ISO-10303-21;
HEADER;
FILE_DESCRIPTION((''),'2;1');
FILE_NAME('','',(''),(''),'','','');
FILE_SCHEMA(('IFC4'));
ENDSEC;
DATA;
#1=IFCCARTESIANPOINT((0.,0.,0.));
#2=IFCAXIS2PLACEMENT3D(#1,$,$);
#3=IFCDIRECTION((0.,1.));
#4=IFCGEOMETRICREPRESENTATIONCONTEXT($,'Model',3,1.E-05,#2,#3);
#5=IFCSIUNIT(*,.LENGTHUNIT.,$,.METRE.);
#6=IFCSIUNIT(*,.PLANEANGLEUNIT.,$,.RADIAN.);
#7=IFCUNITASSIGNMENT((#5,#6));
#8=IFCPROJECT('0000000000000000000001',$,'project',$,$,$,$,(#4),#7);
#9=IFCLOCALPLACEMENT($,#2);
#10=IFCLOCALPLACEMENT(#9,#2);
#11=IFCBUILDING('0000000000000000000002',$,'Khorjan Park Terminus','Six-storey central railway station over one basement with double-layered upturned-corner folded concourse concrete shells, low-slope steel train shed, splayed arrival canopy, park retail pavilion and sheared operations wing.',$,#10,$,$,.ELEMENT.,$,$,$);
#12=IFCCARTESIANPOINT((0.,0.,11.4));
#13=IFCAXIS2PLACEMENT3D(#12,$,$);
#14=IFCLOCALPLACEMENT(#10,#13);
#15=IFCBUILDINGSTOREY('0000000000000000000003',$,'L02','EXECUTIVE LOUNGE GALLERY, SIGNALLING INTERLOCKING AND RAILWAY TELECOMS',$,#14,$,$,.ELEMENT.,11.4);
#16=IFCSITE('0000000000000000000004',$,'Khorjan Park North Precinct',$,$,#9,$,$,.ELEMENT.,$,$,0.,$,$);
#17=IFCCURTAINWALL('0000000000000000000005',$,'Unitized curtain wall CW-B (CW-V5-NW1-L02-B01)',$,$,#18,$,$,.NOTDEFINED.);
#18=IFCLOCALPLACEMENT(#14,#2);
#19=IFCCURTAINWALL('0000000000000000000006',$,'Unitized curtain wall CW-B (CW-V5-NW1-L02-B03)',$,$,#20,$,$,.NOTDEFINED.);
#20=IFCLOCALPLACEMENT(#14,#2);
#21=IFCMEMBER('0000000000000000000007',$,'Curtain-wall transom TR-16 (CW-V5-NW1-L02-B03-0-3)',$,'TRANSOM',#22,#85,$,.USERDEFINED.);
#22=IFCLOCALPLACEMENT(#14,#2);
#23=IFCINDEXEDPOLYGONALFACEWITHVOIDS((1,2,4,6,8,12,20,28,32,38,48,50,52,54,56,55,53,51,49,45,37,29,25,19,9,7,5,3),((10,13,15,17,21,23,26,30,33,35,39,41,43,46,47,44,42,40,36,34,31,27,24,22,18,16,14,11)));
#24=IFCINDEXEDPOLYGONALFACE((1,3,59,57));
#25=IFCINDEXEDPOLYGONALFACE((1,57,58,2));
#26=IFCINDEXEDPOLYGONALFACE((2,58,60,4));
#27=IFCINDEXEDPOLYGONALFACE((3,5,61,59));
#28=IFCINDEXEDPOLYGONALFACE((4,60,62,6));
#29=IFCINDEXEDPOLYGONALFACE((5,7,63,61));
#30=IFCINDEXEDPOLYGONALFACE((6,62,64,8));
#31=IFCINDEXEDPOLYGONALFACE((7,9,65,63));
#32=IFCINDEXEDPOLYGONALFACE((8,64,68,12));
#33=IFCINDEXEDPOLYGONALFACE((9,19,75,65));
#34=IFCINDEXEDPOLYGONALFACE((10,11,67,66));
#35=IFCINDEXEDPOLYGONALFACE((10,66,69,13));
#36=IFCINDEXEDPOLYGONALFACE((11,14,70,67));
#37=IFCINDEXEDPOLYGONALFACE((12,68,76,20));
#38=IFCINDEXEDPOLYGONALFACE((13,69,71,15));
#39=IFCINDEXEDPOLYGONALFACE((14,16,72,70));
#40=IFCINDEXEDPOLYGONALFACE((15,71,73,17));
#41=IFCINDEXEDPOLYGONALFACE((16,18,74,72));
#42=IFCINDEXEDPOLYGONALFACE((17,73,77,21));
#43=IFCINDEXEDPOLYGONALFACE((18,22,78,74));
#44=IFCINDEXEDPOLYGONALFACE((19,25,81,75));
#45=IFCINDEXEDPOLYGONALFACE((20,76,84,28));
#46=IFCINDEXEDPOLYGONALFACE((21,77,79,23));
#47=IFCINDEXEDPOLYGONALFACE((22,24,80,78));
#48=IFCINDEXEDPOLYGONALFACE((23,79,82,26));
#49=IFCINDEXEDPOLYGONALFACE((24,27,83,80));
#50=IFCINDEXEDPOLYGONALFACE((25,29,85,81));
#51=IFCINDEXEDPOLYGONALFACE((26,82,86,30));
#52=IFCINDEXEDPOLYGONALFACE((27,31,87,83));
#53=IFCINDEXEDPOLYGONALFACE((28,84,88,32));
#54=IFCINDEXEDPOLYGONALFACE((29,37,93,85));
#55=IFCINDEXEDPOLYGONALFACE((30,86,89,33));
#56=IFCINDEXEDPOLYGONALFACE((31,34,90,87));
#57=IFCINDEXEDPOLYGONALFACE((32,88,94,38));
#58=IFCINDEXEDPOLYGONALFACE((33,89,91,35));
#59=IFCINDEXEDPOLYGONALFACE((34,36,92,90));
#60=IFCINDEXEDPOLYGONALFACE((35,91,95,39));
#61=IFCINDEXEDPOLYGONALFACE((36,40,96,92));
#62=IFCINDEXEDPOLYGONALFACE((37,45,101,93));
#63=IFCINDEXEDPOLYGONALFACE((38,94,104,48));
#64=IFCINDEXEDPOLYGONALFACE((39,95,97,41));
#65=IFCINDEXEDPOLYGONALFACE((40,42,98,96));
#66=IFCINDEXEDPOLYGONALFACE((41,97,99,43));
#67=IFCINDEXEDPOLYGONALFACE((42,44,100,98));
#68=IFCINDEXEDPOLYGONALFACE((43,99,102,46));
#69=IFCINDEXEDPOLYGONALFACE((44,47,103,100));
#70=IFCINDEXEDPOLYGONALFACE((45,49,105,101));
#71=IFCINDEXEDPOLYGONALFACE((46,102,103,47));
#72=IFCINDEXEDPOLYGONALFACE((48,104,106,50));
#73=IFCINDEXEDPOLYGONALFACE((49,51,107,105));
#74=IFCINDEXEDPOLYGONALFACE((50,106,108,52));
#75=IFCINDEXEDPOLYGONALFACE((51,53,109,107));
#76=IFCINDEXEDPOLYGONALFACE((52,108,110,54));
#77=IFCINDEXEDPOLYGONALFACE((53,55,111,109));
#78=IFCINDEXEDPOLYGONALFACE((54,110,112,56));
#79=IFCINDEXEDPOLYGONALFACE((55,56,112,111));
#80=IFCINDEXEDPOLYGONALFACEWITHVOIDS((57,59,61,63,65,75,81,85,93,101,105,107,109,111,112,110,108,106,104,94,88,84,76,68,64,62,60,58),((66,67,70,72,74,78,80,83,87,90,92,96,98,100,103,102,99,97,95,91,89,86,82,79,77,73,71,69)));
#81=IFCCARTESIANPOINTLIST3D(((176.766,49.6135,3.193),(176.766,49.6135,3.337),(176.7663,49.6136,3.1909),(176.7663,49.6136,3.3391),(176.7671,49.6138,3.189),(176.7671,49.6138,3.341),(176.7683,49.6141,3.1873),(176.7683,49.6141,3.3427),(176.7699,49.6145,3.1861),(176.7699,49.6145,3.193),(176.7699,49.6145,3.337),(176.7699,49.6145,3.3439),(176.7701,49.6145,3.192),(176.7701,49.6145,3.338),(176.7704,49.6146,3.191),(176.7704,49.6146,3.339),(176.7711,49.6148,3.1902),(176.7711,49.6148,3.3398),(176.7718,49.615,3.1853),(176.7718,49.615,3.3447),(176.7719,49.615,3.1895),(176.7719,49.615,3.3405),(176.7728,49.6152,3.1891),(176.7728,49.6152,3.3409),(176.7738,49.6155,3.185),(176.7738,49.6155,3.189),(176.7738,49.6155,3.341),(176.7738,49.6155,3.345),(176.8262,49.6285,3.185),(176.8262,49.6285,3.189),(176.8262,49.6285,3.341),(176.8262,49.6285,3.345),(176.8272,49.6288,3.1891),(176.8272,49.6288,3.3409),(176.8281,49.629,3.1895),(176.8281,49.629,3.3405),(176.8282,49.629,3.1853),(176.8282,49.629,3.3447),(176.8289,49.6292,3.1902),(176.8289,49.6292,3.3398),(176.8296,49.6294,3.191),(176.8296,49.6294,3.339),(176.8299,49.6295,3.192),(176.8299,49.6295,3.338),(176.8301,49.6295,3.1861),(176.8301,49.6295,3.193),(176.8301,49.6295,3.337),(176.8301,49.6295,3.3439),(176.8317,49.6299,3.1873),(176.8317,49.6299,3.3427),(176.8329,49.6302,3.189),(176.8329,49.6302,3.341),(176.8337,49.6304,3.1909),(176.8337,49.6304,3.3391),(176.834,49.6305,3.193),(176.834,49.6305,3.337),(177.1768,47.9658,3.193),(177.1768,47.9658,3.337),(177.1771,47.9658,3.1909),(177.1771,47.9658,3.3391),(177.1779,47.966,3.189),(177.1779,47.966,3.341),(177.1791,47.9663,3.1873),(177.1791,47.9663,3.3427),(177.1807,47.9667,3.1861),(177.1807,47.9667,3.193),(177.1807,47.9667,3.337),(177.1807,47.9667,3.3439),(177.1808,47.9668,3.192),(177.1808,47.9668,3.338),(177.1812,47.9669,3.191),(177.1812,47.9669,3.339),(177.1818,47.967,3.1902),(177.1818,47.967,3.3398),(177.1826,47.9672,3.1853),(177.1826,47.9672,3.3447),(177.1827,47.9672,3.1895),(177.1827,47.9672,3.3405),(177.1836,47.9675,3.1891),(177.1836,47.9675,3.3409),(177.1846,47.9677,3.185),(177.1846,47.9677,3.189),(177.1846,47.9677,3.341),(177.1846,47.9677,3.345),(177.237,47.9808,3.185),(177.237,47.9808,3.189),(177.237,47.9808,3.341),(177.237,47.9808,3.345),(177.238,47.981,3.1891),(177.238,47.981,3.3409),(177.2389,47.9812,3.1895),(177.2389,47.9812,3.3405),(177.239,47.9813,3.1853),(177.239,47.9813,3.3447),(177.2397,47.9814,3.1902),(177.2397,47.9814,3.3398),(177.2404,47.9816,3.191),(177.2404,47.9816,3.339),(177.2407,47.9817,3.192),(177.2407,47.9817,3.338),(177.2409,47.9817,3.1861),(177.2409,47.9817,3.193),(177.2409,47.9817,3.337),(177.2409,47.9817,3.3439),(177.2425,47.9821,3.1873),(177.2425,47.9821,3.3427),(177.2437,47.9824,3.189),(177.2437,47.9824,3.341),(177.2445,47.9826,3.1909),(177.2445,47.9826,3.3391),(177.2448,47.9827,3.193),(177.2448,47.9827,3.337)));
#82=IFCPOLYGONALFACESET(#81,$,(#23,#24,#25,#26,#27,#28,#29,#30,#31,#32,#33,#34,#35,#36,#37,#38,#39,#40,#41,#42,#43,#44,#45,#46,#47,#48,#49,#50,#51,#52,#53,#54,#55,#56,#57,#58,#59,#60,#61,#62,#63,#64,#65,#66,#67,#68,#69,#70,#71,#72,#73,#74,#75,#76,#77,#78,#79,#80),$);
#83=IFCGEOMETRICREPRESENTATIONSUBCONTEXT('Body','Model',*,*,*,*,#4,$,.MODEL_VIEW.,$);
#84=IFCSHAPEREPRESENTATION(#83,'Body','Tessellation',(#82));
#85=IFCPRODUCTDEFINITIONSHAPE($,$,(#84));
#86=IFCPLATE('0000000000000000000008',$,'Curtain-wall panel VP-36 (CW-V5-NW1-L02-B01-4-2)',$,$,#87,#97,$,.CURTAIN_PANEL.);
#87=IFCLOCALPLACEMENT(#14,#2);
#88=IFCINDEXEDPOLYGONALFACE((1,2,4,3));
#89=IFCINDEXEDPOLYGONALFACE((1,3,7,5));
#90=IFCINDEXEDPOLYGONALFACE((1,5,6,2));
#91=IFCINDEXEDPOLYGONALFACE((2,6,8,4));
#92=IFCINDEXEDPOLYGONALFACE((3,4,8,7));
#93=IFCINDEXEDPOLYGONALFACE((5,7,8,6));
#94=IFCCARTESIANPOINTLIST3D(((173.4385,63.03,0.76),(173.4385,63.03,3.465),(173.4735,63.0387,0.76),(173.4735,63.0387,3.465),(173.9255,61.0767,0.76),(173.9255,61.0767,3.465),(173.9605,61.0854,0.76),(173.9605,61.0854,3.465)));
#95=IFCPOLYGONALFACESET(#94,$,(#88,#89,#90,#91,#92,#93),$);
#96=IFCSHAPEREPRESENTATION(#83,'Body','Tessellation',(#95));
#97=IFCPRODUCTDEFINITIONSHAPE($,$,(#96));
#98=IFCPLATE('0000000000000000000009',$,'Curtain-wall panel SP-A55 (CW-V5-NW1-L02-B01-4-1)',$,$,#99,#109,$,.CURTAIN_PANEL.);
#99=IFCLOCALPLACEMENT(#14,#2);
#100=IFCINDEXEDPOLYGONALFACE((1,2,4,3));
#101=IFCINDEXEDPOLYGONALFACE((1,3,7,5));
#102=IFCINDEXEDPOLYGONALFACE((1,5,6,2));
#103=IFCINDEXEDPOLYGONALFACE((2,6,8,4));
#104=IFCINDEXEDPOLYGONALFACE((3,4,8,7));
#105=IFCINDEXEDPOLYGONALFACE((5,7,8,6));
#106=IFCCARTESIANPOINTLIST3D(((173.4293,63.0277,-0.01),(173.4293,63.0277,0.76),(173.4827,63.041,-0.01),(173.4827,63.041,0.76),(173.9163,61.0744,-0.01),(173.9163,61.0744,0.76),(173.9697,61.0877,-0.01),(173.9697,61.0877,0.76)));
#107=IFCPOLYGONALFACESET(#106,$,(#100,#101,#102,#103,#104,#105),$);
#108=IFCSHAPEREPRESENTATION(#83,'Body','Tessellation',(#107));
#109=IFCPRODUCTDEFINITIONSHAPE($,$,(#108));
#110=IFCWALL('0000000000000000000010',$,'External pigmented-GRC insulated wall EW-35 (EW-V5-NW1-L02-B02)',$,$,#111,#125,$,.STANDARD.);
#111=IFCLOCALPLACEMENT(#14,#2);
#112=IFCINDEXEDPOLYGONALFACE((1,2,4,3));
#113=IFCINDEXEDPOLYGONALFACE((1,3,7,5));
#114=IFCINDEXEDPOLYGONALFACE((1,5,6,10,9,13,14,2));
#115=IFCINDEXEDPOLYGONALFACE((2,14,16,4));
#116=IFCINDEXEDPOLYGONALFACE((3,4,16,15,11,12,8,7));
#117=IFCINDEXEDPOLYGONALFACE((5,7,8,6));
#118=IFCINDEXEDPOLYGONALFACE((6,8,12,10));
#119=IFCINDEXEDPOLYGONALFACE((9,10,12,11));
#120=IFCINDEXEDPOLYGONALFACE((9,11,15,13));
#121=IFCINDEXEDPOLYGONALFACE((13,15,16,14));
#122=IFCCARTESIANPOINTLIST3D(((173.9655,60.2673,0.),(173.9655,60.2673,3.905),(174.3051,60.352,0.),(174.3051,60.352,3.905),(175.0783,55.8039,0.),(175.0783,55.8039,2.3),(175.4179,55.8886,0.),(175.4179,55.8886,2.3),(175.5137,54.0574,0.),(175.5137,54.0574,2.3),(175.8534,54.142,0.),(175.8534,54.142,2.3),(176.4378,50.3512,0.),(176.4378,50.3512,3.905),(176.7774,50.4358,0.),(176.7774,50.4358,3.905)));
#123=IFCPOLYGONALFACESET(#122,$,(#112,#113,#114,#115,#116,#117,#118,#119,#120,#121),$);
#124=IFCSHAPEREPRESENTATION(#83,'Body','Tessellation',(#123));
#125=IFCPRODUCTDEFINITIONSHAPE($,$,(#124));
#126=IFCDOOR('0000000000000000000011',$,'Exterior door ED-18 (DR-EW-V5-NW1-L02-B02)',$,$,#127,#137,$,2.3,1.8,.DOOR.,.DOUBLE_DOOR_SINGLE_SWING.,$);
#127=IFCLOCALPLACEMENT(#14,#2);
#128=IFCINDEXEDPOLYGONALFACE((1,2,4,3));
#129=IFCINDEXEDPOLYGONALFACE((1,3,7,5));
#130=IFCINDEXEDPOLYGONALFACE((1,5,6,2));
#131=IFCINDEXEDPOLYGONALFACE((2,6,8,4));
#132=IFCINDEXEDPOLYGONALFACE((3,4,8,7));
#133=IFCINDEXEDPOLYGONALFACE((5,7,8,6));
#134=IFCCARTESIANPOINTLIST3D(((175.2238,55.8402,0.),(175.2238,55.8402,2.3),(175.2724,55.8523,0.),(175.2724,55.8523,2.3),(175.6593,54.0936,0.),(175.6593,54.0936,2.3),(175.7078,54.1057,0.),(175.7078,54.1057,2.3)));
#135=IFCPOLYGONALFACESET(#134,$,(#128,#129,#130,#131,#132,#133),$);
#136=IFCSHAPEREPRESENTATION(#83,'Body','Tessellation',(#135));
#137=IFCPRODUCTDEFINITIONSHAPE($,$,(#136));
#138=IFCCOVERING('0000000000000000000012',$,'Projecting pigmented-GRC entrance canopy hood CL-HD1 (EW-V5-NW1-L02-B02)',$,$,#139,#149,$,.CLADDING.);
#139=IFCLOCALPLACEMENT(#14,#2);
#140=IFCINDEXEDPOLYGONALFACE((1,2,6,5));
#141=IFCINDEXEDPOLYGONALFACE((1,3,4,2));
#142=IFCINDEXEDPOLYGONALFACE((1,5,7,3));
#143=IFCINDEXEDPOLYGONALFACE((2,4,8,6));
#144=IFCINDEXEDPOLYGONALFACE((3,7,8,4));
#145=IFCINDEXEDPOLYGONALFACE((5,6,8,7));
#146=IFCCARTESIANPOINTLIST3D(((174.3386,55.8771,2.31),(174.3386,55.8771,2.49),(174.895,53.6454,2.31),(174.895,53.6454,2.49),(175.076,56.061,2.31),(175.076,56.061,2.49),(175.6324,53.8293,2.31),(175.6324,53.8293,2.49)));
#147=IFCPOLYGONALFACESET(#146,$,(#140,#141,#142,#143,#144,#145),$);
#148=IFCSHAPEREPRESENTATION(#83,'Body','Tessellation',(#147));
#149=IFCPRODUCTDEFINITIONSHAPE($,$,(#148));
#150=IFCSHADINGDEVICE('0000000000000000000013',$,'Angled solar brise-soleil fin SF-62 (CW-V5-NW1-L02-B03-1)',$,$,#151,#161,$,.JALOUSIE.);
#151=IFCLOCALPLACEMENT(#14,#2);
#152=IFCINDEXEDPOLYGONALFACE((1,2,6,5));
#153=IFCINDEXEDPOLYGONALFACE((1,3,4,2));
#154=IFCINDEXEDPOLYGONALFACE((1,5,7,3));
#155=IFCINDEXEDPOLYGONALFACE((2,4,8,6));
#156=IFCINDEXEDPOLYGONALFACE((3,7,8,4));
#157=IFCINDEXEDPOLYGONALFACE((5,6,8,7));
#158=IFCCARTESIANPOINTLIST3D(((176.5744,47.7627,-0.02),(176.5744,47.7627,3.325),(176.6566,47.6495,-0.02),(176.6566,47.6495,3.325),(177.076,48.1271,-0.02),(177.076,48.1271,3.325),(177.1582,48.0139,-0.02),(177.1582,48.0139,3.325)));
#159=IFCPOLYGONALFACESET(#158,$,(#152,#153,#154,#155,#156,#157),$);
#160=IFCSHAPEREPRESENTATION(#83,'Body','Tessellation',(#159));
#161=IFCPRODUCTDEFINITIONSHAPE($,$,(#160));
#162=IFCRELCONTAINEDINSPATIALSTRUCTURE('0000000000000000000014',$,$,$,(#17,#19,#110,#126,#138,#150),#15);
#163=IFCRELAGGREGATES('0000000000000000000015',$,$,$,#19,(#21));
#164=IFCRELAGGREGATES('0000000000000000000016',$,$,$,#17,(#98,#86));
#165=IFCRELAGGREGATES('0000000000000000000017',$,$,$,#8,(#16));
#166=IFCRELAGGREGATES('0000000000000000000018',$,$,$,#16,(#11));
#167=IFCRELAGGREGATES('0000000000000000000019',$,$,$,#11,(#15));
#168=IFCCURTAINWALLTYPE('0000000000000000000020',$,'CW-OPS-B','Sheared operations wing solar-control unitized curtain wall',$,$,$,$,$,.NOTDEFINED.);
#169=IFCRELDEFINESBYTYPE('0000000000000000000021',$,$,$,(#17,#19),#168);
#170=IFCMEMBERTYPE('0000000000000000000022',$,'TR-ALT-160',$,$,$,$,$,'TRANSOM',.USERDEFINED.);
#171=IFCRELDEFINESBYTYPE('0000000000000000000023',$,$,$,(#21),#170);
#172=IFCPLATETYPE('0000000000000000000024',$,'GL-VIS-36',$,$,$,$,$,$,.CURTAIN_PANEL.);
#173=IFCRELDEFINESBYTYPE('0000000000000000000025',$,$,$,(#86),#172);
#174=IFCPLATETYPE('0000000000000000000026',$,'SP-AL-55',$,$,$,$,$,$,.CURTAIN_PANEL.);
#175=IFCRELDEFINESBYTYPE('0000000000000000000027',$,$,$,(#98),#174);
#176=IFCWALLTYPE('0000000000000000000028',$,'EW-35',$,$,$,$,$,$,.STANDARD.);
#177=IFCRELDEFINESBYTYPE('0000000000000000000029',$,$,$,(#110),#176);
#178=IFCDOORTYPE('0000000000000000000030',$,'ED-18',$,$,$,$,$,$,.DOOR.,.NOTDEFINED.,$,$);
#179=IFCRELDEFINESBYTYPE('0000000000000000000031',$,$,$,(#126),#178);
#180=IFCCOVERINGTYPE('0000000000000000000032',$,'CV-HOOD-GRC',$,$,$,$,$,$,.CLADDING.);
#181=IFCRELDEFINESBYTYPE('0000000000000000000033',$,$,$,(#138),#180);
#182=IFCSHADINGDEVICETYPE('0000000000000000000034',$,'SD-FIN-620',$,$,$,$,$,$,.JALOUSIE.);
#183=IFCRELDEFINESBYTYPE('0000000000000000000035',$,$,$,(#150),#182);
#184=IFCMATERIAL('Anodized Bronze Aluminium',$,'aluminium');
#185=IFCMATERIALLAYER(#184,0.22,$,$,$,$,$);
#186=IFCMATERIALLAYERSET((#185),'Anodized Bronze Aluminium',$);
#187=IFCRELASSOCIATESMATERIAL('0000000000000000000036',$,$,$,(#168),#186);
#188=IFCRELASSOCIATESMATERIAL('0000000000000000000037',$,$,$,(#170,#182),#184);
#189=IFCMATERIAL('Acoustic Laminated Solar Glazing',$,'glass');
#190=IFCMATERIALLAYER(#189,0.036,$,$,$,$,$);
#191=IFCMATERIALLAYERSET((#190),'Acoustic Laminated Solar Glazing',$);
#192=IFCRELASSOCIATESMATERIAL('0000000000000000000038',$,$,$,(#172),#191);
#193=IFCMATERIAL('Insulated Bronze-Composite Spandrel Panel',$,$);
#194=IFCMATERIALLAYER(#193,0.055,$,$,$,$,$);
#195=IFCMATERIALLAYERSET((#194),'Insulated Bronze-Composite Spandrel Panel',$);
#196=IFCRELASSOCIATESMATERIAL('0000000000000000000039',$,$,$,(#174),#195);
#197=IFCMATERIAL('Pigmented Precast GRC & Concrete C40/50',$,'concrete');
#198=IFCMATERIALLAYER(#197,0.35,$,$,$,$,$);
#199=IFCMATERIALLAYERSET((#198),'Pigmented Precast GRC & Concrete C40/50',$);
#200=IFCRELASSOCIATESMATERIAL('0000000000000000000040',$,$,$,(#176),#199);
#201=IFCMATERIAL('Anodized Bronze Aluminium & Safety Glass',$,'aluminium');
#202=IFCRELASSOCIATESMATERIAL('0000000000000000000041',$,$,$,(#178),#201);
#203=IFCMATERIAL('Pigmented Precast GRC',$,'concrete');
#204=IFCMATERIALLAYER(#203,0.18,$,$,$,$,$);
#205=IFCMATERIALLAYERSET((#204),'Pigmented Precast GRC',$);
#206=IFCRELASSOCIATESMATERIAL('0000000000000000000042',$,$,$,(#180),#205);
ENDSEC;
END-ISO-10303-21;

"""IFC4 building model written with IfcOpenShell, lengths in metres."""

from ifc_helpers import new_model, si_unit, direction, frame, frame_2d, origin, origin_2d, place, context, subcontext, project, spatial, rectangle, hollow_rectangle, extrude, material, layer, layer_set, material_profile, profile_set, type_object, element, fill, aggregate, save


model = new_model("IFC4")

# Units and contexts
model_context = context("Model", 3, precision=1e-05, world=origin(), true_north=direction((0.0, 1.0)))
body_context = subcontext(model_context, "Body", "Model", "MODEL_VIEW")
ifc_project = project(units=[si_unit("LENGTHUNIT", "METRE"), si_unit("PLANEANGLEUNIT", "RADIAN")], contexts=[model_context])

# Site, building, storey
site_placement = place(None, origin())
site = spatial("IfcSite", under=ifc_project, at=site_placement, Name="Khorjan Park North Precinct", CompositionType="ELEMENT", RefElevation=0.0)
building_placement = place(site_placement, origin())
building = spatial("IfcBuilding", under=site, at=building_placement, Name="Khorjan Park Terminus", Description="Six-storey central railway station over one basement with double-layered upturned-corner folded concourse concrete shells, low-slope steel train shed, splayed arrival canopy, park retail pavilion and sheared operations wing.", CompositionType="ELEMENT")
storey_placement = place(building_placement, frame((0.0, 0.0, 11.4)))
storey = spatial("IfcBuildingStorey", under=building, at=storey_placement, Name="L02", Description="EXECUTIVE LOUNGE GALLERY, SIGNALLING INTERLOCKING AND RAILWAY TELECOMS", CompositionType="ELEMENT", Elevation=11.4)

# Curtain wall
ifc_material_1 = material(Name="Anodized Bronze Aluminium", Category="aluminium")
ifc_layer_1 = layer(ifc_material_1, 0.22)
ifc_layer_set_1 = layer_set([ifc_layer_1], Name="Anodized Bronze Aluminium")
curtain_wall_type = type_object("IfcCurtainWallType", Name="CW-OPS-B", Description="Sheared operations wing solar-control unitized curtain wall", PredefinedType="NOTDEFINED", material=ifc_layer_set_1)
curtain_wall_1_placement = place(storey_placement, origin())
curtain_wall_1 = element("IfcCurtainWall", 1, at=curtain_wall_1_placement, inside=storey, type_object=curtain_wall_type, Name="Unitized curtain wall CW-B (CW-V5-NW1-L02-B01)", PredefinedType="NOTDEFINED")

# Curtain wall
curtain_wall_2_placement = place(storey_placement, origin())
curtain_wall_2 = element("IfcCurtainWall", 2, at=curtain_wall_2_placement, inside=storey, type_object=curtain_wall_type, Name="Unitized curtain wall CW-B (CW-V5-NW1-L02-B03)", PredefinedType="NOTDEFINED")

# Member
ifc_material_profile_1 = material_profile(ifc_material_1, hollow_rectangle(XDim=0.07, YDim=0.16, WallThickness=0.004, InnerFilletRadius=0.004, OuterFilletRadius=0.008, at=origin_2d()), Name="ALT 70x160x4")
ifc_profile_set_1 = profile_set([ifc_material_profile_1], Name="Anodized Bronze Aluminium")
member_type_1 = type_object("IfcMemberType", Name="TR-ALT-160", ElementType="TRANSOM", PredefinedType="USERDEFINED", material=ifc_profile_set_1)
member_1_placement = place(storey_placement, frame((176.8, 49.622, 3.265), z_axis=(0.241898, -0.970302, 0.0), x_axis=(0.970302, 0.241898, 0.0)))
member_1 = element("IfcMember", 3, at=member_1_placement, type_object=member_type_1, Name="Curtain-wall transom TR-16 (CW-V5-NW1-L02-B03-0-3)", ObjectType="TRANSOM", PredefinedType="USERDEFINED", context=body_context, shape_type="SweptSolid", body=[
    extrude(hollow_rectangle(XDim=0.07, YDim=0.16, WallThickness=0.004, InnerFilletRadius=0.004, OuterFilletRadius=0.008, at=origin_2d()), origin(), (0.0, 0.0, 1.0), 1.6982),
])
aggregate(curtain_wall_2, [member_1])

# Plates
ifc_material_2 = material(Name="Acoustic Laminated Solar Glazing", Category="glass")
ifc_layer_2 = layer(ifc_material_2, 0.036)
ifc_layer_set_2 = layer_set([ifc_layer_2], Name="Acoustic Laminated Solar Glazing")
plate_type_1 = type_object("IfcPlateType", Name="GL-VIS-36", PredefinedType="CURTAIN_PANEL", material=ifc_layer_set_2)
plate_1_placement = place(storey_placement, frame((173.6995, 62.0577, 0.76), z_axis=(0.0, 0.0, 1.0), x_axis=(0.241921, -0.970296, 0.0)))
plate_1 = element("IfcPlate", 4, at=plate_1_placement, type_object=plate_type_1, Name="Curtain-wall panel VP-36 (CW-V5-NW1-L02-B01-4-2)", PredefinedType="CURTAIN_PANEL", context=body_context, shape_type="SweptSolid", body=[
    extrude(rectangle(XDim=2.0131, YDim=0.036, at=origin_2d()), origin(), (0.0, 0.0, 1.0), 2.705),
])
ifc_material_3 = material(Name="Insulated Bronze-Composite Spandrel Panel")
ifc_layer_3 = layer(ifc_material_3, 0.055)
ifc_layer_set_3 = layer_set([ifc_layer_3], Name="Insulated Bronze-Composite Spandrel Panel")
plate_type_2 = type_object("IfcPlateType", Name="SP-AL-55", PredefinedType="CURTAIN_PANEL", material=ifc_layer_set_3)
plate_2_placement = place(storey_placement, frame((173.6995, 62.0577, -0.01), z_axis=(0.0, 0.0, 1.0), x_axis=(0.241921, -0.970296, 0.0)))
plate_2 = element("IfcPlate", 5, at=plate_2_placement, type_object=plate_type_2, Name="Curtain-wall panel SP-A55 (CW-V5-NW1-L02-B01-4-1)", PredefinedType="CURTAIN_PANEL", context=body_context, shape_type="SweptSolid", body=[
    extrude(rectangle(XDim=2.0131, YDim=0.055, at=origin_2d()), origin(), (0.0, 0.0, 1.0), 0.77),
])
aggregate(curtain_wall_1, [plate_2, plate_1])

# Wall, opening, door
ifc_material_4 = material(Name="Pigmented Precast GRC & Concrete C40/50", Category="concrete")
ifc_layer_4 = layer(ifc_material_4, 0.35)
ifc_layer_set_4 = layer_set([ifc_layer_4], Name="Pigmented Precast GRC & Concrete C40/50")
wall_type = type_object("IfcWallType", Name="EW-35", PredefinedType="STANDARD", material=ifc_layer_set_4)
wall_placement = place(storey_placement, frame((174.1353, 60.3096, 0.0), z_axis=(0.0, 0.0, 1.0), x_axis=(0.241914, -0.970298, 0.0)))
wall = element("IfcWall", 6, at=wall_placement, inside=storey, type_object=wall_type, Name="External pigmented-GRC insulated wall EW-35 (EW-V5-NW1-L02-B02)", PredefinedType="STANDARD", context=body_context, shape_type="SweptSolid", body=[
    extrude(rectangle(XDim=10.2197, YDim=0.35, at=frame_2d((5.1098, 0.0))), origin(), (0.0, 0.0, 1.0), 3.905),
])
opening_placement = place(wall_placement, frame((4.6, 0.0, 0.0)))
opening = element("IfcOpeningElement", 7, at=opening_placement, cuts=wall, PredefinedType="OPENING", context=body_context, shape_type="SweptSolid", body=[
    extrude(rectangle(XDim=1.8, YDim=2.3, at=frame_2d((0.9, 1.15))), frame((0.0, 0.185, 0.0), z_axis=(0.0, -1.0, 0.0), x_axis=(1.0, 0.0, 0.0)), (0.0, 0.0, 1.0), 0.37),
])
ifc_material_5 = material(Name="Anodized Bronze Aluminium & Safety Glass", Category="aluminium")
door_type = type_object("IfcDoorType", Name="ED-18", OperationType="NOTDEFINED", PredefinedType="DOOR", material=ifc_material_5)
door_placement = place(opening_placement, origin())
door = element("IfcDoor", 8, at=door_placement, inside=storey, type_object=door_type, Name="Exterior door ED-18 (DR-EW-V5-NW1-L02-B02)", OperationType="DOUBLE_DOOR_SINGLE_SWING", OverallHeight=2.3, OverallWidth=1.8, PredefinedType="DOOR", context=body_context, shape_type="SweptSolid", body=[
    extrude(rectangle(XDim=1.8, YDim=2.3, at=frame_2d((0.9, 1.15))), frame((0.0, 0.025, 0.0), z_axis=(0.0, -1.0, 0.0), x_axis=(1.0, 0.0, 0.0)), (0.0, 0.0, 1.0), 0.05),
])
fill(opening, door)

# Covering
ifc_material_6 = material(Name="Pigmented Precast GRC", Category="concrete")
ifc_layer_5 = layer(ifc_material_6, 0.18)
ifc_layer_set_5 = layer_set([ifc_layer_5], Name="Pigmented Precast GRC")
covering_type = type_object("IfcCoveringType", Name="CV-HOOD-GRC", PredefinedType="CLADDING", material=ifc_layer_set_5)
covering_placement = place(storey_placement, frame((174.9855, 54.8532, 2.31), z_axis=(0.0, 0.0, 1.0), x_axis=(0.241914, -0.970298, 0.0)))
element("IfcCovering", 9, at=covering_placement, inside=storey, type_object=covering_type, Name="Projecting pigmented-GRC entrance canopy hood CL-HD1 (EW-V5-NW1-L02-B02)", PredefinedType="CLADDING", context=body_context, shape_type="SweptSolid", body=[
    extrude(rectangle(XDim=2.3, YDim=0.76, at=origin_2d()), origin(), (0.0, 0.0, 1.0), 0.18),
])

# Shading device
shading_device_type = type_object("IfcShadingDeviceType", Name="SD-FIN-620", PredefinedType="JALOUSIE", material=ifc_material_1)
shading_device_placement = place(storey_placement, frame((176.8663, 47.8883, -0.02), z_axis=(0.0, 0.0, 1.0), x_axis=(0.809017, 0.587785, 0.0)))
element("IfcShadingDevice", 10, at=shading_device_placement, inside=storey, type_object=shading_device_type, Name="Angled solar brise-soleil fin SF-62 (CW-V5-NW1-L02-B03-1)", PredefinedType="JALOUSIE", context=body_context, shape_type="SweptSolid", body=[
    extrude(rectangle(XDim=0.62, YDim=0.14, at=origin_2d()), origin(), (0.0, 0.0, 1.0), 3.345),
])

save(model, "model.ifc")
